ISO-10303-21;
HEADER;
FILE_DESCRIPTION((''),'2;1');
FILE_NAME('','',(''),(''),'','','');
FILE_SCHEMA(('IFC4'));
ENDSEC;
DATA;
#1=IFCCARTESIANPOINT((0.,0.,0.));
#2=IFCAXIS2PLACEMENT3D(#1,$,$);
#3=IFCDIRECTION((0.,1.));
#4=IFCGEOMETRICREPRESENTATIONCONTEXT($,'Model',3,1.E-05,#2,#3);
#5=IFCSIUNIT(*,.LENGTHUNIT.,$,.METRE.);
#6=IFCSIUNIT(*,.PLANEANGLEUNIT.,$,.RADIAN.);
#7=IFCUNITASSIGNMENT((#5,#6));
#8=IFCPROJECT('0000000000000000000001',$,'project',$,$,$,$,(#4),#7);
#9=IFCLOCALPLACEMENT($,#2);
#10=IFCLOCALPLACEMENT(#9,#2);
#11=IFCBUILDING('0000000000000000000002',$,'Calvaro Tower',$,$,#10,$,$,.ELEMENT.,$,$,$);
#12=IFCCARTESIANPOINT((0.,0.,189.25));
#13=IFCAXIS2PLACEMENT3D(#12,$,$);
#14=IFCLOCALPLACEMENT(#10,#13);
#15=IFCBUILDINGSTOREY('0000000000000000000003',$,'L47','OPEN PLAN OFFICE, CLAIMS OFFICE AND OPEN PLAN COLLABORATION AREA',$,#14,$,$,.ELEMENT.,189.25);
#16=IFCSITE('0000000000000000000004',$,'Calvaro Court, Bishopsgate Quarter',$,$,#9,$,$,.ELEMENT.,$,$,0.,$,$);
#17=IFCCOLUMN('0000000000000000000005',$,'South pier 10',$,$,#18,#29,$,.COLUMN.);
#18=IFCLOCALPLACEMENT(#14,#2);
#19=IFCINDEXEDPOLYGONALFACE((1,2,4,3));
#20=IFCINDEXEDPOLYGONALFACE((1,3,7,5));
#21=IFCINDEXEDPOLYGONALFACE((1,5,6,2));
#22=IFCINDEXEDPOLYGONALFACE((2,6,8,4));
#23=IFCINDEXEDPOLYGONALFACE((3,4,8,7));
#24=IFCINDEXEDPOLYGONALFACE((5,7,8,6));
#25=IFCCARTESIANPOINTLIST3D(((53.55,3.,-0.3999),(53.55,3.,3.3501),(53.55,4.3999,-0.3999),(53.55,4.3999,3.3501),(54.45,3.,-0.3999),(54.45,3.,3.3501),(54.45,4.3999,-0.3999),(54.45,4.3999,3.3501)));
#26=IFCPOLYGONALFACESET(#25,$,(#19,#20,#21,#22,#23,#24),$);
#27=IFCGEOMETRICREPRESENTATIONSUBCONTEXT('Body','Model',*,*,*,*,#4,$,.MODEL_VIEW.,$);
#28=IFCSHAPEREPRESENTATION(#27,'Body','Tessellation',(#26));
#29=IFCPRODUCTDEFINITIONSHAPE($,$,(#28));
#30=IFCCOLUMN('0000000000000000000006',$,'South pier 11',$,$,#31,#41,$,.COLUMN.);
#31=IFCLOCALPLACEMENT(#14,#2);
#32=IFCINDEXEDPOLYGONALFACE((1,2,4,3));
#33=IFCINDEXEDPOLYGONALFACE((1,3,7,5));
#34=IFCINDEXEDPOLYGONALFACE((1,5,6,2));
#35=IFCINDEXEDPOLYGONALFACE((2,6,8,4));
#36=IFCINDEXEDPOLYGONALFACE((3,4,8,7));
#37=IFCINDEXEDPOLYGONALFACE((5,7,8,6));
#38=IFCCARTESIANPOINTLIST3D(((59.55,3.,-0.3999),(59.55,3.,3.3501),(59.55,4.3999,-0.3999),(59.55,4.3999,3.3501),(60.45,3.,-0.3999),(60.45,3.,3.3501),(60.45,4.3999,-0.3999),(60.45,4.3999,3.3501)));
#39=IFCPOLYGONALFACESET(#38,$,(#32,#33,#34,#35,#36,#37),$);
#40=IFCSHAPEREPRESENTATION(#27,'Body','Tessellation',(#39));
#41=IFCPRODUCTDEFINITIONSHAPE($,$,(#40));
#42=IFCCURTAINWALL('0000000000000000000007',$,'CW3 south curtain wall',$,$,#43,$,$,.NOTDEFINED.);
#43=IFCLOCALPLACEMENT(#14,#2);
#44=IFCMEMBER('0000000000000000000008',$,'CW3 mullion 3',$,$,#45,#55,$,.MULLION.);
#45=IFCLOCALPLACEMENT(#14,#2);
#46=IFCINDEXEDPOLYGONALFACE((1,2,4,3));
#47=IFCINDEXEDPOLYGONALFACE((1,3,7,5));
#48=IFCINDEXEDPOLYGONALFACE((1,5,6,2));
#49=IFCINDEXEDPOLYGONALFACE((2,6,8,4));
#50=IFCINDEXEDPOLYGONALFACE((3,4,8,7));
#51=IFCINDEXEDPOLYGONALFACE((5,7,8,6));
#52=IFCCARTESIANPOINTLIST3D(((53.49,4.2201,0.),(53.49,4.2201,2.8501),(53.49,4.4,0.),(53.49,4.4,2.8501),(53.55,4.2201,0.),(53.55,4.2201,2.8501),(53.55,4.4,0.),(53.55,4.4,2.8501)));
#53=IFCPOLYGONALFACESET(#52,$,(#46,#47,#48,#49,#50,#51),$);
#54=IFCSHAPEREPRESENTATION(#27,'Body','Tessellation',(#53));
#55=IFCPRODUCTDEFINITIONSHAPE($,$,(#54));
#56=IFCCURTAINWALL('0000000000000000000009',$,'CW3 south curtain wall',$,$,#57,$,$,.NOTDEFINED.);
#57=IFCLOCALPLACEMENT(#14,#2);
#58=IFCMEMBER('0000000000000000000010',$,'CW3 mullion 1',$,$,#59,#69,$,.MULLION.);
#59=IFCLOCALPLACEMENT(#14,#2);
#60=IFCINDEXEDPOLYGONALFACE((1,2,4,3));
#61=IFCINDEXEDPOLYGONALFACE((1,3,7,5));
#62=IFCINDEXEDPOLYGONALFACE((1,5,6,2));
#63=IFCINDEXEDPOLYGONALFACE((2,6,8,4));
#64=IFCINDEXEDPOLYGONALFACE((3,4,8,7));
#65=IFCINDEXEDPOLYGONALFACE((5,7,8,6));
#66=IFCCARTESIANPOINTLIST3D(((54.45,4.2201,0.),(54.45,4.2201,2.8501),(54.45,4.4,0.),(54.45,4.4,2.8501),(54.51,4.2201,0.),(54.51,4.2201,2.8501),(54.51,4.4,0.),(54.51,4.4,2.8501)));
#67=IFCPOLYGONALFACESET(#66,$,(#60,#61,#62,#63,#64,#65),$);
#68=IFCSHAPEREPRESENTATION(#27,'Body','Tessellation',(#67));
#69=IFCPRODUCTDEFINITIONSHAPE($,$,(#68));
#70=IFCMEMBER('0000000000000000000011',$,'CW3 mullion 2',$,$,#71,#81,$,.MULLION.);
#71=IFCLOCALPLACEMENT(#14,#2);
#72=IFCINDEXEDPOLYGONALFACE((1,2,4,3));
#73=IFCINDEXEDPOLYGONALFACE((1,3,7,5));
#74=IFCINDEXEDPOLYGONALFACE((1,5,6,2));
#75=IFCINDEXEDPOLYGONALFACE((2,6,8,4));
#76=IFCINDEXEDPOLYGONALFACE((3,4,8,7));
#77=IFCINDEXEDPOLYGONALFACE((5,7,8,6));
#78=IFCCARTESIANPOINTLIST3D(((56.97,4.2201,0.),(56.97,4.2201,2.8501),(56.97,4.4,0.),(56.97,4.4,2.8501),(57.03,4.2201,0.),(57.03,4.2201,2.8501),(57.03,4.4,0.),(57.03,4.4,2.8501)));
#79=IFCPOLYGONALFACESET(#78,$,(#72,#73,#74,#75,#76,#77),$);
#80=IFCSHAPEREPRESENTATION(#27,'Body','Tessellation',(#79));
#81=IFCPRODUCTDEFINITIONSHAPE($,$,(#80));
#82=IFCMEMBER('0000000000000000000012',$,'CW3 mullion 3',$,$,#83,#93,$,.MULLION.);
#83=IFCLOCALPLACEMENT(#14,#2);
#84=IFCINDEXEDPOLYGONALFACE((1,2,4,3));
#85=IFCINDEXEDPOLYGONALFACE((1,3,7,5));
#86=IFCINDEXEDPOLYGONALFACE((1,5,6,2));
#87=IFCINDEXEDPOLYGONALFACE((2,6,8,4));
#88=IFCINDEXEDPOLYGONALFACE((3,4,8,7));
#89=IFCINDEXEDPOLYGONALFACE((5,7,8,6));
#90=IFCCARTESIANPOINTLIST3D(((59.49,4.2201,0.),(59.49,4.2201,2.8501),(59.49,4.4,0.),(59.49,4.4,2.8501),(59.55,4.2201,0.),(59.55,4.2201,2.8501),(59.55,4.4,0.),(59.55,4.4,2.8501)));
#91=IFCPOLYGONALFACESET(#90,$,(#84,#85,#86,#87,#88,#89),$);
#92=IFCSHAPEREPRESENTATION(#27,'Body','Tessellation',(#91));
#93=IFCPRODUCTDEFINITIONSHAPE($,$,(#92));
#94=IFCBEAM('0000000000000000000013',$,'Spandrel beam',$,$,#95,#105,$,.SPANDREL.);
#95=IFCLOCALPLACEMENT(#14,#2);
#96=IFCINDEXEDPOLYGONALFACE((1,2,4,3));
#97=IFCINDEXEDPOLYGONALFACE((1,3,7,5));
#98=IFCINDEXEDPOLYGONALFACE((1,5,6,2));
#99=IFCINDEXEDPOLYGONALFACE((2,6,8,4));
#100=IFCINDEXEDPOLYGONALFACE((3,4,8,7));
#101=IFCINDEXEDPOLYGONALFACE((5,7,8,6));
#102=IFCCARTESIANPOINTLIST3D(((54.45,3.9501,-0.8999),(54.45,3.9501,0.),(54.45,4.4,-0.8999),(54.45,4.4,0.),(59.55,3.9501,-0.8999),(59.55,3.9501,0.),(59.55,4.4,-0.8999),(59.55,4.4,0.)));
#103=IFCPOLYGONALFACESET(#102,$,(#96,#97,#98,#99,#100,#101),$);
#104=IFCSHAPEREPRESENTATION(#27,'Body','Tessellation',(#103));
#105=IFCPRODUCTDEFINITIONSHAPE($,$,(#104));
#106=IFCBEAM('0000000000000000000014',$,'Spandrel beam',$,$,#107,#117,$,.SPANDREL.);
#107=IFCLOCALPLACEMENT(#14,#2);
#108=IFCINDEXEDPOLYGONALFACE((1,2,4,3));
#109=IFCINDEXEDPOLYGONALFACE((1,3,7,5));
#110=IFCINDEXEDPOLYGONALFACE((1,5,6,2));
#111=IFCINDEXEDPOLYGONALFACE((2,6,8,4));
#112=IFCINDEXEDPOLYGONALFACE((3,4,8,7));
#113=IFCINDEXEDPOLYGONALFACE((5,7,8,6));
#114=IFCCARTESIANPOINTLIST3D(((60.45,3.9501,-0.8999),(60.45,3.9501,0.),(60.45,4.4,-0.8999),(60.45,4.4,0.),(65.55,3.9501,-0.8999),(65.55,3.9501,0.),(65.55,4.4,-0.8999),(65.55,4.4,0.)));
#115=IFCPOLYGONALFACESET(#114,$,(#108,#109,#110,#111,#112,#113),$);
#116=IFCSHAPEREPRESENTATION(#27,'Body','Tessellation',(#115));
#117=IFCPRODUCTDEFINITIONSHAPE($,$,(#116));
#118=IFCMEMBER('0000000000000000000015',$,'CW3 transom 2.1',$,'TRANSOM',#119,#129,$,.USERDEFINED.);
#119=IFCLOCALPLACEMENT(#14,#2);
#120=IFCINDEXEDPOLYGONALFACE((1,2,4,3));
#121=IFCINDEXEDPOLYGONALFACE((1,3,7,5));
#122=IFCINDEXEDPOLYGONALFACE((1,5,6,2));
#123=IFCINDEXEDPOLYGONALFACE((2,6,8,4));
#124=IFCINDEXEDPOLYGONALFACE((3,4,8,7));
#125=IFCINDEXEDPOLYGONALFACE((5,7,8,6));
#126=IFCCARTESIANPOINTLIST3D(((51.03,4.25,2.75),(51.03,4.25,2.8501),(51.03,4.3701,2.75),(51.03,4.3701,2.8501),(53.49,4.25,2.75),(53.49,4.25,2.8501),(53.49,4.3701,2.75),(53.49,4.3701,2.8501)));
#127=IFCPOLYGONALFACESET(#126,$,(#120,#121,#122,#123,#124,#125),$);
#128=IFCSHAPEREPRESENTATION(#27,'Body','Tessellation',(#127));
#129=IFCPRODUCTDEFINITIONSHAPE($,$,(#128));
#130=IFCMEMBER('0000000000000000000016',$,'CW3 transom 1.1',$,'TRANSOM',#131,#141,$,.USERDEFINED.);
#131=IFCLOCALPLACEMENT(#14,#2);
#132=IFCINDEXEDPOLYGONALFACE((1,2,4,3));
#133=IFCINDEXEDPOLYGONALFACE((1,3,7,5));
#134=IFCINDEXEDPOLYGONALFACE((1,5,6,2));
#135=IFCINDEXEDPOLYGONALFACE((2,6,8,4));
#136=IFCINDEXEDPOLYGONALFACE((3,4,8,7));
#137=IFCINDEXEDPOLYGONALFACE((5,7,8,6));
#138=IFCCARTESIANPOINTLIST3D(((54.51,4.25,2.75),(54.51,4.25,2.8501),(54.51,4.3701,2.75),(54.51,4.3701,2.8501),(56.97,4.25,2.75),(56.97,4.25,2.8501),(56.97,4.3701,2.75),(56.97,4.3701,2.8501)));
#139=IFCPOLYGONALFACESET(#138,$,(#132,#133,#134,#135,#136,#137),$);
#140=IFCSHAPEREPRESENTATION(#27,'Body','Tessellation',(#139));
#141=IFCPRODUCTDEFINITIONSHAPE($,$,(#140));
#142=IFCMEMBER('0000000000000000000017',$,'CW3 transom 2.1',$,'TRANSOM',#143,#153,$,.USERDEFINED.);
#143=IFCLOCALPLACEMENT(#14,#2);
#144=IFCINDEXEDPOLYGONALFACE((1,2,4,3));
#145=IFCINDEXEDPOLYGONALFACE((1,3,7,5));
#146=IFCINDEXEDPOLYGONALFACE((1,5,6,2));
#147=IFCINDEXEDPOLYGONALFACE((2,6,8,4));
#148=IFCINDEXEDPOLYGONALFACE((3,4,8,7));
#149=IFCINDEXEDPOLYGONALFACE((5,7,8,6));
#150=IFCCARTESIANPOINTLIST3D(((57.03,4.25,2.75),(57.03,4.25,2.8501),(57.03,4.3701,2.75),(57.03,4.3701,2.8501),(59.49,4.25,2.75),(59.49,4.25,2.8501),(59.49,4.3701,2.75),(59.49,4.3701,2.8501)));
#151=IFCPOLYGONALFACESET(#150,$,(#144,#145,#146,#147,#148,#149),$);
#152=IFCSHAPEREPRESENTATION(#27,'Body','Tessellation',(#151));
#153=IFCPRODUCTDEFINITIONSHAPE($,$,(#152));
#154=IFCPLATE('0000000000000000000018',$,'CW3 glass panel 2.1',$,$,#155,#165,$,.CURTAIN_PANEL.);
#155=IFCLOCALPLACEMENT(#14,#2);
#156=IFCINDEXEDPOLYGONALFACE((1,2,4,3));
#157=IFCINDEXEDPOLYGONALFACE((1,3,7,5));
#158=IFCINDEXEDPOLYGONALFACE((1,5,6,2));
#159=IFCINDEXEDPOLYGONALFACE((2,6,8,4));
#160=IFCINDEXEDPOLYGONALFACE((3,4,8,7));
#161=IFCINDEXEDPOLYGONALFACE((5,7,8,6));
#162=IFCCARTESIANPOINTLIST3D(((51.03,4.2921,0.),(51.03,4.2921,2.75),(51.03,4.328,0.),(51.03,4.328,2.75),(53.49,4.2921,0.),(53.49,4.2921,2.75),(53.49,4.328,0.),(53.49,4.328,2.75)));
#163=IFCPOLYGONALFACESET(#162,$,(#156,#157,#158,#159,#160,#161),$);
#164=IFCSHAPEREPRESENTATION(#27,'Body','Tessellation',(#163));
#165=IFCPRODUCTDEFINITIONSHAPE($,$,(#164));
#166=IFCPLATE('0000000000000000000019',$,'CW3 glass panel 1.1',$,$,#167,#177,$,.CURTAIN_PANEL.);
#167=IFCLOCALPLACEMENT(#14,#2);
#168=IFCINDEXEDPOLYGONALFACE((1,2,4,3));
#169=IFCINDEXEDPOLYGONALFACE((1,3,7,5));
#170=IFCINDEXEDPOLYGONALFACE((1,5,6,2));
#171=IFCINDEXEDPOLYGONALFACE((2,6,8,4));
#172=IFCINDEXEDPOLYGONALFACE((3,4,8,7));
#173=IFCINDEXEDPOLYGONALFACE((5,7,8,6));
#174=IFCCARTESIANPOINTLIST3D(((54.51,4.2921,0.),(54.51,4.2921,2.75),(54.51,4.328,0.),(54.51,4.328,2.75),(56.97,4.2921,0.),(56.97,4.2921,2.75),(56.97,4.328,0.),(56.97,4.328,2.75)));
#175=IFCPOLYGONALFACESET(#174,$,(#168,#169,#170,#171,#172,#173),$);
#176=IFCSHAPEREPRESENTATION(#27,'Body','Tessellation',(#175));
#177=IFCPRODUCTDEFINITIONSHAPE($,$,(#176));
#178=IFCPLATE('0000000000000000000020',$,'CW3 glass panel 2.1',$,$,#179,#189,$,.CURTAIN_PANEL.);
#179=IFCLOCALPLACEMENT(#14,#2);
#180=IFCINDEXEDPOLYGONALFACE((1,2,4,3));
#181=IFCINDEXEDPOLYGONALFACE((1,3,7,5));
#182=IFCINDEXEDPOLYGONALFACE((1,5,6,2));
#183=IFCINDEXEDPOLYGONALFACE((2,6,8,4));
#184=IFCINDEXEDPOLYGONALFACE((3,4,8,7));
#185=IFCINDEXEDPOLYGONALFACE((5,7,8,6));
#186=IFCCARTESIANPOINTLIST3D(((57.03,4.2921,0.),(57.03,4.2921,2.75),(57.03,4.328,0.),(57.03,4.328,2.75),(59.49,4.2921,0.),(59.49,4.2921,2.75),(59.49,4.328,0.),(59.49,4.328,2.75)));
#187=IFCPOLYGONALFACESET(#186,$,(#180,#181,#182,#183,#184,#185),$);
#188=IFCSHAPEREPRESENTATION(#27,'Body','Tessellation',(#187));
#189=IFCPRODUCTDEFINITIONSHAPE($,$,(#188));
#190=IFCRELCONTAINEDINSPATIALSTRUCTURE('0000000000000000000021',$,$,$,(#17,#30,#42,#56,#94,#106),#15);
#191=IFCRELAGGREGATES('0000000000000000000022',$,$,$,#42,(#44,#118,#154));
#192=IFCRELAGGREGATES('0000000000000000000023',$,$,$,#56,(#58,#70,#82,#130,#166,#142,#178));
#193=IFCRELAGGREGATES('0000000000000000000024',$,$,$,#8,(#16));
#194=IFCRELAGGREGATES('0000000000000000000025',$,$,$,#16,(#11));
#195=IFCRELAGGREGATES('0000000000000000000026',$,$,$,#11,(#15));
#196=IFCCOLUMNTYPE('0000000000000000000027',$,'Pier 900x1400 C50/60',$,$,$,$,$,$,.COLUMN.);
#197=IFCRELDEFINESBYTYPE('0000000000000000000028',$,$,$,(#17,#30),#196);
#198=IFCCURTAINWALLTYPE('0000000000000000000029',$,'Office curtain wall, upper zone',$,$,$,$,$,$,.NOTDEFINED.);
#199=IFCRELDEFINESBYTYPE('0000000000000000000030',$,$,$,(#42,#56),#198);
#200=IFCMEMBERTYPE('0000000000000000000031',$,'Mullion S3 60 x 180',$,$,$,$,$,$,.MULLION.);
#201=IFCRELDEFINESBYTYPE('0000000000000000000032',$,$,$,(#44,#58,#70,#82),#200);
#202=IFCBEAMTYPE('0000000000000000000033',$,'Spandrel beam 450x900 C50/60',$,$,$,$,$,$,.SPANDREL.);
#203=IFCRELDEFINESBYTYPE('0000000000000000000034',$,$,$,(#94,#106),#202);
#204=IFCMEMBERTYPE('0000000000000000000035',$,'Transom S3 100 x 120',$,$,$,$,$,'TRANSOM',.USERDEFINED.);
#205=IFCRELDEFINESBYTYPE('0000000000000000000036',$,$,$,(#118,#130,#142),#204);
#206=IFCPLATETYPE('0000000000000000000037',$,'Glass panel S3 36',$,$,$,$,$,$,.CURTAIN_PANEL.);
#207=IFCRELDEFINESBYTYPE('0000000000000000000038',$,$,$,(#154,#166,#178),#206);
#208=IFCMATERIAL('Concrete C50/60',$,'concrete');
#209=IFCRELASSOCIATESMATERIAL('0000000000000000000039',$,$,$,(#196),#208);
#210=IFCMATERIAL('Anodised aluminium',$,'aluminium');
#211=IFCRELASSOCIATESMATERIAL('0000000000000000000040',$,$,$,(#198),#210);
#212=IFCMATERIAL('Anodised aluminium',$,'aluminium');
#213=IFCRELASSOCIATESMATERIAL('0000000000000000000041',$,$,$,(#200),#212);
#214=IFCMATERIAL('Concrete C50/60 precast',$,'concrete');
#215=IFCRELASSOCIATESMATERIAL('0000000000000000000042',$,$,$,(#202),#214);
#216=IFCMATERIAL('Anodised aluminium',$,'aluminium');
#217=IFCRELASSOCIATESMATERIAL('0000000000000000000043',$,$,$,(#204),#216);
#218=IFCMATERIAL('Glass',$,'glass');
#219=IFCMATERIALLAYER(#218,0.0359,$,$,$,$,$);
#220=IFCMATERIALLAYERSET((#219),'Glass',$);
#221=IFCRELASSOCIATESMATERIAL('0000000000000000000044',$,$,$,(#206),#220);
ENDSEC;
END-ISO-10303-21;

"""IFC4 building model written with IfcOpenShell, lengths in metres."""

from ifc_helpers import new_model, si_unit, direction, frame, origin, origin_2d, place, context, subcontext, project, spatial, rectangle, extrude, material, layer, layer_set, material_profile, profile_set, type_object, element, aggregate, save


model = new_model("IFC4")

# Units and contexts
model_context = context("Model", 3, precision=1e-05, world=origin(), true_north=direction((0.0, 1.0)))
body_context = subcontext(model_context, "Body", "Model", "MODEL_VIEW")
ifc_project = project(units=[si_unit("LENGTHUNIT", "METRE"), si_unit("PLANEANGLEUNIT", "RADIAN")], contexts=[model_context])

# Site, building, storey
site_placement = place(None, origin())
site = spatial("IfcSite", under=ifc_project, at=site_placement, Name="Calvaro Court, Bishopsgate Quarter", CompositionType="ELEMENT", RefElevation=0.0)
building_placement = place(site_placement, origin())
building = spatial("IfcBuilding", under=site, at=building_placement, Name="Calvaro Tower", CompositionType="ELEMENT")
storey_placement = place(building_placement, frame((0.0, 0.0, 189.25)))
storey = spatial("IfcBuildingStorey", under=building, at=storey_placement, Name="L47", Description="OPEN PLAN OFFICE, CLAIMS OFFICE AND OPEN PLAN COLLABORATION AREA", CompositionType="ELEMENT", Elevation=189.25)

# Columns
ifc_material_1 = material(Name="Concrete C50/60", Category="concrete")
ifc_material_profile_1 = material_profile(ifc_material_1, rectangle(XDim=0.8999, YDim=1.3999, at=origin_2d()), Name="RC 900x1400")
ifc_profile_set_1 = profile_set([ifc_material_profile_1], Name="Concrete C50/60")
column_type = type_object("IfcColumnType", Name="Pier 900x1400 C50/60", PredefinedType="COLUMN", material=ifc_profile_set_1)
for number, where, z_axis, x_axis, name in (
    (1, (54.0, 3.7, -0.3999), (0.0, 0.0, 1.0), (1.0, 0.0, 0.0), "South pier 10"),
    (2, (60.0, 3.7, -0.3999), (0.0, 0.0, 1.0), (1.0, 0.0, 0.0), "South pier 11"),
):
    element("IfcColumn", number, at=place(storey_placement, frame(where, z_axis=z_axis, x_axis=x_axis)), inside=storey, type_object=column_type, Name=name, PredefinedType="COLUMN", context=body_context, shape_type="SweptSolid", body=[
        extrude(rectangle(XDim=0.8999, YDim=1.3999, at=origin_2d()), origin(), (0.0, 0.0, 1.0), 3.75),
    ])

# Curtain wall, member
ifc_material_2 = material(Name="Anodised aluminium", Category="aluminium")
curtain_wall_type = type_object("IfcCurtainWallType", Name="Office curtain wall, upper zone", PredefinedType="NOTDEFINED", material=ifc_material_2)
curtain_wall_1_placement = place(storey_placement, origin())
curtain_wall_1 = element("IfcCurtainWall", 3, at=curtain_wall_1_placement, inside=storey, type_object=curtain_wall_type, Name="CW3 south curtain wall", PredefinedType="NOTDEFINED")
ifc_material_3 = material(Name="Anodised aluminium", Category="aluminium")
ifc_material_profile_2 = material_profile(ifc_material_3, rectangle(XDim=0.1799, YDim=0.0601, at=origin_2d()), Name="Mullion S3 60 x 180")
ifc_profile_set_2 = profile_set([ifc_material_profile_2], Name="Anodised aluminium")
member_type_1 = type_object("IfcMemberType", Name="Mullion S3 60 x 180", PredefinedType="MULLION", material=ifc_profile_set_2)
member_1_placement = place(storey_placement, frame((53.52, 4.3101, 0.0), z_axis=(0.0, 0.0, 1.0), x_axis=(0.0, 1.0, 0.0)))
member_1 = element("IfcMember", 4, at=member_1_placement, type_object=member_type_1, Name="CW3 mullion 3", PredefinedType="MULLION", context=body_context, shape_type="SweptSolid", body=[
    extrude(rectangle(XDim=0.1799, YDim=0.0601, at=origin_2d()), origin(), (0.0, 0.0, 1.0), 2.8501),
])

# Curtain wall, members
curtain_wall_2_placement = place(storey_placement, origin())
curtain_wall_2 = element("IfcCurtainWall", 5, at=curtain_wall_2_placement, inside=storey, type_object=curtain_wall_type, Name="CW3 south curtain wall", PredefinedType="NOTDEFINED")
member_2_placement = place(storey_placement, frame((54.48, 4.3101, 0.0), z_axis=(0.0, 0.0, 1.0), x_axis=(0.0, 1.0, 0.0)))
member_2 = element("IfcMember", 6, at=member_2_placement, type_object=member_type_1, Name="CW3 mullion 1", PredefinedType="MULLION", context=body_context, shape_type="SweptSolid", body=[
    extrude(rectangle(XDim=0.1799, YDim=0.0601, at=origin_2d()), origin(), (0.0, 0.0, 1.0), 2.8501),
])
member_3_placement = place(storey_placement, frame((57.0, 4.3101, 0.0), z_axis=(0.0, 0.0, 1.0), x_axis=(0.0, 1.0, 0.0)))
member_3 = element("IfcMember", 7, at=member_3_placement, type_object=member_type_1, Name="CW3 mullion 2", PredefinedType="MULLION", context=body_context, shape_type="SweptSolid", body=[
    extrude(rectangle(XDim=0.1799, YDim=0.0601, at=origin_2d()), origin(), (0.0, 0.0, 1.0), 2.8501),
])
member_4_placement = place(storey_placement, frame((59.52, 4.3101, 0.0), z_axis=(0.0, 0.0, 1.0), x_axis=(0.0, 1.0, 0.0)))
member_4 = element("IfcMember", 8, at=member_4_placement, type_object=member_type_1, Name="CW3 mullion 3", PredefinedType="MULLION", context=body_context, shape_type="SweptSolid", body=[
    extrude(rectangle(XDim=0.1799, YDim=0.0601, at=origin_2d()), origin(), (0.0, 0.0, 1.0), 2.8501),
])

# Beams
ifc_material_4 = material(Name="Concrete C50/60 precast", Category="concrete")
ifc_material_profile_3 = material_profile(ifc_material_4, rectangle(XDim=0.45, YDim=0.8999, at=origin_2d()), Name="RC 450x900")
ifc_profile_set_3 = profile_set([ifc_material_profile_3], Name="Concrete C50/60 precast")
beam_type = type_object("IfcBeamType", Name="Spandrel beam 450x900 C50/60", PredefinedType="SPANDREL", material=ifc_profile_set_3)
for number, where, z_axis, x_axis, name in (
    (9, (54.45, 4.175, -0.45), (1.0, 0.0, 0.0), (0.0, 1.0, 0.0), "Spandrel beam"),
    (10, (60.45, 4.175, -0.45), (1.0, 0.0, 0.0), (0.0, 1.0, 0.0), "Spandrel beam"),
):
    element("IfcBeam", number, at=place(storey_placement, frame(where, z_axis=z_axis, x_axis=x_axis)), inside=storey, type_object=beam_type, Name=name, PredefinedType="SPANDREL", context=body_context, shape_type="SweptSolid", body=[
        extrude(rectangle(XDim=0.45, YDim=0.8999, at=origin_2d()), origin(), (0.0, 0.0, 1.0), 5.1001),
    ])

# Members
ifc_material_5 = material(Name="Anodised aluminium", Category="aluminium")
ifc_material_profile_4 = material_profile(ifc_material_5, rectangle(XDim=0.1201, YDim=0.1001, at=origin_2d()), Name="Transom S3 100 x 120")
ifc_profile_set_4 = profile_set([ifc_material_profile_4], Name="Anodised aluminium")
member_type_2 = type_object("IfcMemberType", Name="Transom S3 100 x 120", ElementType="TRANSOM", PredefinedType="USERDEFINED", material=ifc_profile_set_4)
member_5_placement = place(storey_placement, frame((51.03, 4.3101, 2.8), z_axis=(1.0, 0.0, 0.0), x_axis=(0.0, 1.0, 0.0)))
member_5 = element("IfcMember", 11, at=member_5_placement, type_object=member_type_2, Name="CW3 transom 2.1", ObjectType="TRANSOM", PredefinedType="USERDEFINED", context=body_context, shape_type="SweptSolid", body=[
    extrude(rectangle(XDim=0.1201, YDim=0.1001, at=origin_2d()), origin(), (0.0, 0.0, 1.0), 2.46),
])
member_6_placement = place(storey_placement, frame((54.51, 4.3101, 2.8), z_axis=(1.0, 0.0, 0.0), x_axis=(0.0, 1.0, 0.0)))
member_6 = element("IfcMember", 12, at=member_6_placement, type_object=member_type_2, Name="CW3 transom 1.1", ObjectType="TRANSOM", PredefinedType="USERDEFINED", context=body_context, shape_type="SweptSolid", body=[
    extrude(rectangle(XDim=0.1201, YDim=0.1001, at=origin_2d()), origin(), (0.0, 0.0, 1.0), 2.46),
])
member_7_placement = place(storey_placement, frame((57.03, 4.3101, 2.8), z_axis=(1.0, 0.0, 0.0), x_axis=(0.0, 1.0, 0.0)))
member_7 = element("IfcMember", 13, at=member_7_placement, type_object=member_type_2, Name="CW3 transom 2.1", ObjectType="TRANSOM", PredefinedType="USERDEFINED", context=body_context, shape_type="SweptSolid", body=[
    extrude(rectangle(XDim=0.1201, YDim=0.1001, at=origin_2d()), origin(), (0.0, 0.0, 1.0), 2.46),
])

# Plates
ifc_material_6 = material(Name="Glass", Category="glass")
ifc_layer = layer(ifc_material_6, 0.0359)
ifc_layer_set = layer_set([ifc_layer], Name="Glass")
plate_type = type_object("IfcPlateType", Name="Glass panel S3 36", PredefinedType="CURTAIN_PANEL", material=ifc_layer_set)
plate_1_placement = place(storey_placement, frame((52.26, 4.3101, 0.0), z_axis=(0.0, 0.0, 1.0), x_axis=(1.0, 0.0, 0.0)))
plate_1 = element("IfcPlate", 14, at=plate_1_placement, type_object=plate_type, Name="CW3 glass panel 2.1", PredefinedType="CURTAIN_PANEL", context=body_context, shape_type="SweptSolid", body=[
    extrude(rectangle(XDim=2.46, YDim=0.0359, at=origin_2d()), origin(), (0.0, 0.0, 1.0), 2.75),
])
aggregate(curtain_wall_1, [member_1, member_5, plate_1])
plate_2_placement = place(storey_placement, frame((55.74, 4.3101, 0.0), z_axis=(0.0, 0.0, 1.0), x_axis=(1.0, 0.0, 0.0)))
plate_2 = element("IfcPlate", 15, at=plate_2_placement, type_object=plate_type, Name="CW3 glass panel 1.1", PredefinedType="CURTAIN_PANEL", context=body_context, shape_type="SweptSolid", body=[
    extrude(rectangle(XDim=2.46, YDim=0.0359, at=origin_2d()), origin(), (0.0, 0.0, 1.0), 2.75),
])
plate_3_placement = place(storey_placement, frame((58.26, 4.3101, 0.0), z_axis=(0.0, 0.0, 1.0), x_axis=(1.0, 0.0, 0.0)))
plate_3 = element("IfcPlate", 16, at=plate_3_placement, type_object=plate_type, Name="CW3 glass panel 2.1", PredefinedType="CURTAIN_PANEL", context=body_context, shape_type="SweptSolid", body=[
    extrude(rectangle(XDim=2.46, YDim=0.0359, at=origin_2d()), origin(), (0.0, 0.0, 1.0), 2.75),
])
aggregate(curtain_wall_2, [member_2, member_3, member_4, member_6, plate_2, member_7, plate_3])

save(model, "model.ifc")
